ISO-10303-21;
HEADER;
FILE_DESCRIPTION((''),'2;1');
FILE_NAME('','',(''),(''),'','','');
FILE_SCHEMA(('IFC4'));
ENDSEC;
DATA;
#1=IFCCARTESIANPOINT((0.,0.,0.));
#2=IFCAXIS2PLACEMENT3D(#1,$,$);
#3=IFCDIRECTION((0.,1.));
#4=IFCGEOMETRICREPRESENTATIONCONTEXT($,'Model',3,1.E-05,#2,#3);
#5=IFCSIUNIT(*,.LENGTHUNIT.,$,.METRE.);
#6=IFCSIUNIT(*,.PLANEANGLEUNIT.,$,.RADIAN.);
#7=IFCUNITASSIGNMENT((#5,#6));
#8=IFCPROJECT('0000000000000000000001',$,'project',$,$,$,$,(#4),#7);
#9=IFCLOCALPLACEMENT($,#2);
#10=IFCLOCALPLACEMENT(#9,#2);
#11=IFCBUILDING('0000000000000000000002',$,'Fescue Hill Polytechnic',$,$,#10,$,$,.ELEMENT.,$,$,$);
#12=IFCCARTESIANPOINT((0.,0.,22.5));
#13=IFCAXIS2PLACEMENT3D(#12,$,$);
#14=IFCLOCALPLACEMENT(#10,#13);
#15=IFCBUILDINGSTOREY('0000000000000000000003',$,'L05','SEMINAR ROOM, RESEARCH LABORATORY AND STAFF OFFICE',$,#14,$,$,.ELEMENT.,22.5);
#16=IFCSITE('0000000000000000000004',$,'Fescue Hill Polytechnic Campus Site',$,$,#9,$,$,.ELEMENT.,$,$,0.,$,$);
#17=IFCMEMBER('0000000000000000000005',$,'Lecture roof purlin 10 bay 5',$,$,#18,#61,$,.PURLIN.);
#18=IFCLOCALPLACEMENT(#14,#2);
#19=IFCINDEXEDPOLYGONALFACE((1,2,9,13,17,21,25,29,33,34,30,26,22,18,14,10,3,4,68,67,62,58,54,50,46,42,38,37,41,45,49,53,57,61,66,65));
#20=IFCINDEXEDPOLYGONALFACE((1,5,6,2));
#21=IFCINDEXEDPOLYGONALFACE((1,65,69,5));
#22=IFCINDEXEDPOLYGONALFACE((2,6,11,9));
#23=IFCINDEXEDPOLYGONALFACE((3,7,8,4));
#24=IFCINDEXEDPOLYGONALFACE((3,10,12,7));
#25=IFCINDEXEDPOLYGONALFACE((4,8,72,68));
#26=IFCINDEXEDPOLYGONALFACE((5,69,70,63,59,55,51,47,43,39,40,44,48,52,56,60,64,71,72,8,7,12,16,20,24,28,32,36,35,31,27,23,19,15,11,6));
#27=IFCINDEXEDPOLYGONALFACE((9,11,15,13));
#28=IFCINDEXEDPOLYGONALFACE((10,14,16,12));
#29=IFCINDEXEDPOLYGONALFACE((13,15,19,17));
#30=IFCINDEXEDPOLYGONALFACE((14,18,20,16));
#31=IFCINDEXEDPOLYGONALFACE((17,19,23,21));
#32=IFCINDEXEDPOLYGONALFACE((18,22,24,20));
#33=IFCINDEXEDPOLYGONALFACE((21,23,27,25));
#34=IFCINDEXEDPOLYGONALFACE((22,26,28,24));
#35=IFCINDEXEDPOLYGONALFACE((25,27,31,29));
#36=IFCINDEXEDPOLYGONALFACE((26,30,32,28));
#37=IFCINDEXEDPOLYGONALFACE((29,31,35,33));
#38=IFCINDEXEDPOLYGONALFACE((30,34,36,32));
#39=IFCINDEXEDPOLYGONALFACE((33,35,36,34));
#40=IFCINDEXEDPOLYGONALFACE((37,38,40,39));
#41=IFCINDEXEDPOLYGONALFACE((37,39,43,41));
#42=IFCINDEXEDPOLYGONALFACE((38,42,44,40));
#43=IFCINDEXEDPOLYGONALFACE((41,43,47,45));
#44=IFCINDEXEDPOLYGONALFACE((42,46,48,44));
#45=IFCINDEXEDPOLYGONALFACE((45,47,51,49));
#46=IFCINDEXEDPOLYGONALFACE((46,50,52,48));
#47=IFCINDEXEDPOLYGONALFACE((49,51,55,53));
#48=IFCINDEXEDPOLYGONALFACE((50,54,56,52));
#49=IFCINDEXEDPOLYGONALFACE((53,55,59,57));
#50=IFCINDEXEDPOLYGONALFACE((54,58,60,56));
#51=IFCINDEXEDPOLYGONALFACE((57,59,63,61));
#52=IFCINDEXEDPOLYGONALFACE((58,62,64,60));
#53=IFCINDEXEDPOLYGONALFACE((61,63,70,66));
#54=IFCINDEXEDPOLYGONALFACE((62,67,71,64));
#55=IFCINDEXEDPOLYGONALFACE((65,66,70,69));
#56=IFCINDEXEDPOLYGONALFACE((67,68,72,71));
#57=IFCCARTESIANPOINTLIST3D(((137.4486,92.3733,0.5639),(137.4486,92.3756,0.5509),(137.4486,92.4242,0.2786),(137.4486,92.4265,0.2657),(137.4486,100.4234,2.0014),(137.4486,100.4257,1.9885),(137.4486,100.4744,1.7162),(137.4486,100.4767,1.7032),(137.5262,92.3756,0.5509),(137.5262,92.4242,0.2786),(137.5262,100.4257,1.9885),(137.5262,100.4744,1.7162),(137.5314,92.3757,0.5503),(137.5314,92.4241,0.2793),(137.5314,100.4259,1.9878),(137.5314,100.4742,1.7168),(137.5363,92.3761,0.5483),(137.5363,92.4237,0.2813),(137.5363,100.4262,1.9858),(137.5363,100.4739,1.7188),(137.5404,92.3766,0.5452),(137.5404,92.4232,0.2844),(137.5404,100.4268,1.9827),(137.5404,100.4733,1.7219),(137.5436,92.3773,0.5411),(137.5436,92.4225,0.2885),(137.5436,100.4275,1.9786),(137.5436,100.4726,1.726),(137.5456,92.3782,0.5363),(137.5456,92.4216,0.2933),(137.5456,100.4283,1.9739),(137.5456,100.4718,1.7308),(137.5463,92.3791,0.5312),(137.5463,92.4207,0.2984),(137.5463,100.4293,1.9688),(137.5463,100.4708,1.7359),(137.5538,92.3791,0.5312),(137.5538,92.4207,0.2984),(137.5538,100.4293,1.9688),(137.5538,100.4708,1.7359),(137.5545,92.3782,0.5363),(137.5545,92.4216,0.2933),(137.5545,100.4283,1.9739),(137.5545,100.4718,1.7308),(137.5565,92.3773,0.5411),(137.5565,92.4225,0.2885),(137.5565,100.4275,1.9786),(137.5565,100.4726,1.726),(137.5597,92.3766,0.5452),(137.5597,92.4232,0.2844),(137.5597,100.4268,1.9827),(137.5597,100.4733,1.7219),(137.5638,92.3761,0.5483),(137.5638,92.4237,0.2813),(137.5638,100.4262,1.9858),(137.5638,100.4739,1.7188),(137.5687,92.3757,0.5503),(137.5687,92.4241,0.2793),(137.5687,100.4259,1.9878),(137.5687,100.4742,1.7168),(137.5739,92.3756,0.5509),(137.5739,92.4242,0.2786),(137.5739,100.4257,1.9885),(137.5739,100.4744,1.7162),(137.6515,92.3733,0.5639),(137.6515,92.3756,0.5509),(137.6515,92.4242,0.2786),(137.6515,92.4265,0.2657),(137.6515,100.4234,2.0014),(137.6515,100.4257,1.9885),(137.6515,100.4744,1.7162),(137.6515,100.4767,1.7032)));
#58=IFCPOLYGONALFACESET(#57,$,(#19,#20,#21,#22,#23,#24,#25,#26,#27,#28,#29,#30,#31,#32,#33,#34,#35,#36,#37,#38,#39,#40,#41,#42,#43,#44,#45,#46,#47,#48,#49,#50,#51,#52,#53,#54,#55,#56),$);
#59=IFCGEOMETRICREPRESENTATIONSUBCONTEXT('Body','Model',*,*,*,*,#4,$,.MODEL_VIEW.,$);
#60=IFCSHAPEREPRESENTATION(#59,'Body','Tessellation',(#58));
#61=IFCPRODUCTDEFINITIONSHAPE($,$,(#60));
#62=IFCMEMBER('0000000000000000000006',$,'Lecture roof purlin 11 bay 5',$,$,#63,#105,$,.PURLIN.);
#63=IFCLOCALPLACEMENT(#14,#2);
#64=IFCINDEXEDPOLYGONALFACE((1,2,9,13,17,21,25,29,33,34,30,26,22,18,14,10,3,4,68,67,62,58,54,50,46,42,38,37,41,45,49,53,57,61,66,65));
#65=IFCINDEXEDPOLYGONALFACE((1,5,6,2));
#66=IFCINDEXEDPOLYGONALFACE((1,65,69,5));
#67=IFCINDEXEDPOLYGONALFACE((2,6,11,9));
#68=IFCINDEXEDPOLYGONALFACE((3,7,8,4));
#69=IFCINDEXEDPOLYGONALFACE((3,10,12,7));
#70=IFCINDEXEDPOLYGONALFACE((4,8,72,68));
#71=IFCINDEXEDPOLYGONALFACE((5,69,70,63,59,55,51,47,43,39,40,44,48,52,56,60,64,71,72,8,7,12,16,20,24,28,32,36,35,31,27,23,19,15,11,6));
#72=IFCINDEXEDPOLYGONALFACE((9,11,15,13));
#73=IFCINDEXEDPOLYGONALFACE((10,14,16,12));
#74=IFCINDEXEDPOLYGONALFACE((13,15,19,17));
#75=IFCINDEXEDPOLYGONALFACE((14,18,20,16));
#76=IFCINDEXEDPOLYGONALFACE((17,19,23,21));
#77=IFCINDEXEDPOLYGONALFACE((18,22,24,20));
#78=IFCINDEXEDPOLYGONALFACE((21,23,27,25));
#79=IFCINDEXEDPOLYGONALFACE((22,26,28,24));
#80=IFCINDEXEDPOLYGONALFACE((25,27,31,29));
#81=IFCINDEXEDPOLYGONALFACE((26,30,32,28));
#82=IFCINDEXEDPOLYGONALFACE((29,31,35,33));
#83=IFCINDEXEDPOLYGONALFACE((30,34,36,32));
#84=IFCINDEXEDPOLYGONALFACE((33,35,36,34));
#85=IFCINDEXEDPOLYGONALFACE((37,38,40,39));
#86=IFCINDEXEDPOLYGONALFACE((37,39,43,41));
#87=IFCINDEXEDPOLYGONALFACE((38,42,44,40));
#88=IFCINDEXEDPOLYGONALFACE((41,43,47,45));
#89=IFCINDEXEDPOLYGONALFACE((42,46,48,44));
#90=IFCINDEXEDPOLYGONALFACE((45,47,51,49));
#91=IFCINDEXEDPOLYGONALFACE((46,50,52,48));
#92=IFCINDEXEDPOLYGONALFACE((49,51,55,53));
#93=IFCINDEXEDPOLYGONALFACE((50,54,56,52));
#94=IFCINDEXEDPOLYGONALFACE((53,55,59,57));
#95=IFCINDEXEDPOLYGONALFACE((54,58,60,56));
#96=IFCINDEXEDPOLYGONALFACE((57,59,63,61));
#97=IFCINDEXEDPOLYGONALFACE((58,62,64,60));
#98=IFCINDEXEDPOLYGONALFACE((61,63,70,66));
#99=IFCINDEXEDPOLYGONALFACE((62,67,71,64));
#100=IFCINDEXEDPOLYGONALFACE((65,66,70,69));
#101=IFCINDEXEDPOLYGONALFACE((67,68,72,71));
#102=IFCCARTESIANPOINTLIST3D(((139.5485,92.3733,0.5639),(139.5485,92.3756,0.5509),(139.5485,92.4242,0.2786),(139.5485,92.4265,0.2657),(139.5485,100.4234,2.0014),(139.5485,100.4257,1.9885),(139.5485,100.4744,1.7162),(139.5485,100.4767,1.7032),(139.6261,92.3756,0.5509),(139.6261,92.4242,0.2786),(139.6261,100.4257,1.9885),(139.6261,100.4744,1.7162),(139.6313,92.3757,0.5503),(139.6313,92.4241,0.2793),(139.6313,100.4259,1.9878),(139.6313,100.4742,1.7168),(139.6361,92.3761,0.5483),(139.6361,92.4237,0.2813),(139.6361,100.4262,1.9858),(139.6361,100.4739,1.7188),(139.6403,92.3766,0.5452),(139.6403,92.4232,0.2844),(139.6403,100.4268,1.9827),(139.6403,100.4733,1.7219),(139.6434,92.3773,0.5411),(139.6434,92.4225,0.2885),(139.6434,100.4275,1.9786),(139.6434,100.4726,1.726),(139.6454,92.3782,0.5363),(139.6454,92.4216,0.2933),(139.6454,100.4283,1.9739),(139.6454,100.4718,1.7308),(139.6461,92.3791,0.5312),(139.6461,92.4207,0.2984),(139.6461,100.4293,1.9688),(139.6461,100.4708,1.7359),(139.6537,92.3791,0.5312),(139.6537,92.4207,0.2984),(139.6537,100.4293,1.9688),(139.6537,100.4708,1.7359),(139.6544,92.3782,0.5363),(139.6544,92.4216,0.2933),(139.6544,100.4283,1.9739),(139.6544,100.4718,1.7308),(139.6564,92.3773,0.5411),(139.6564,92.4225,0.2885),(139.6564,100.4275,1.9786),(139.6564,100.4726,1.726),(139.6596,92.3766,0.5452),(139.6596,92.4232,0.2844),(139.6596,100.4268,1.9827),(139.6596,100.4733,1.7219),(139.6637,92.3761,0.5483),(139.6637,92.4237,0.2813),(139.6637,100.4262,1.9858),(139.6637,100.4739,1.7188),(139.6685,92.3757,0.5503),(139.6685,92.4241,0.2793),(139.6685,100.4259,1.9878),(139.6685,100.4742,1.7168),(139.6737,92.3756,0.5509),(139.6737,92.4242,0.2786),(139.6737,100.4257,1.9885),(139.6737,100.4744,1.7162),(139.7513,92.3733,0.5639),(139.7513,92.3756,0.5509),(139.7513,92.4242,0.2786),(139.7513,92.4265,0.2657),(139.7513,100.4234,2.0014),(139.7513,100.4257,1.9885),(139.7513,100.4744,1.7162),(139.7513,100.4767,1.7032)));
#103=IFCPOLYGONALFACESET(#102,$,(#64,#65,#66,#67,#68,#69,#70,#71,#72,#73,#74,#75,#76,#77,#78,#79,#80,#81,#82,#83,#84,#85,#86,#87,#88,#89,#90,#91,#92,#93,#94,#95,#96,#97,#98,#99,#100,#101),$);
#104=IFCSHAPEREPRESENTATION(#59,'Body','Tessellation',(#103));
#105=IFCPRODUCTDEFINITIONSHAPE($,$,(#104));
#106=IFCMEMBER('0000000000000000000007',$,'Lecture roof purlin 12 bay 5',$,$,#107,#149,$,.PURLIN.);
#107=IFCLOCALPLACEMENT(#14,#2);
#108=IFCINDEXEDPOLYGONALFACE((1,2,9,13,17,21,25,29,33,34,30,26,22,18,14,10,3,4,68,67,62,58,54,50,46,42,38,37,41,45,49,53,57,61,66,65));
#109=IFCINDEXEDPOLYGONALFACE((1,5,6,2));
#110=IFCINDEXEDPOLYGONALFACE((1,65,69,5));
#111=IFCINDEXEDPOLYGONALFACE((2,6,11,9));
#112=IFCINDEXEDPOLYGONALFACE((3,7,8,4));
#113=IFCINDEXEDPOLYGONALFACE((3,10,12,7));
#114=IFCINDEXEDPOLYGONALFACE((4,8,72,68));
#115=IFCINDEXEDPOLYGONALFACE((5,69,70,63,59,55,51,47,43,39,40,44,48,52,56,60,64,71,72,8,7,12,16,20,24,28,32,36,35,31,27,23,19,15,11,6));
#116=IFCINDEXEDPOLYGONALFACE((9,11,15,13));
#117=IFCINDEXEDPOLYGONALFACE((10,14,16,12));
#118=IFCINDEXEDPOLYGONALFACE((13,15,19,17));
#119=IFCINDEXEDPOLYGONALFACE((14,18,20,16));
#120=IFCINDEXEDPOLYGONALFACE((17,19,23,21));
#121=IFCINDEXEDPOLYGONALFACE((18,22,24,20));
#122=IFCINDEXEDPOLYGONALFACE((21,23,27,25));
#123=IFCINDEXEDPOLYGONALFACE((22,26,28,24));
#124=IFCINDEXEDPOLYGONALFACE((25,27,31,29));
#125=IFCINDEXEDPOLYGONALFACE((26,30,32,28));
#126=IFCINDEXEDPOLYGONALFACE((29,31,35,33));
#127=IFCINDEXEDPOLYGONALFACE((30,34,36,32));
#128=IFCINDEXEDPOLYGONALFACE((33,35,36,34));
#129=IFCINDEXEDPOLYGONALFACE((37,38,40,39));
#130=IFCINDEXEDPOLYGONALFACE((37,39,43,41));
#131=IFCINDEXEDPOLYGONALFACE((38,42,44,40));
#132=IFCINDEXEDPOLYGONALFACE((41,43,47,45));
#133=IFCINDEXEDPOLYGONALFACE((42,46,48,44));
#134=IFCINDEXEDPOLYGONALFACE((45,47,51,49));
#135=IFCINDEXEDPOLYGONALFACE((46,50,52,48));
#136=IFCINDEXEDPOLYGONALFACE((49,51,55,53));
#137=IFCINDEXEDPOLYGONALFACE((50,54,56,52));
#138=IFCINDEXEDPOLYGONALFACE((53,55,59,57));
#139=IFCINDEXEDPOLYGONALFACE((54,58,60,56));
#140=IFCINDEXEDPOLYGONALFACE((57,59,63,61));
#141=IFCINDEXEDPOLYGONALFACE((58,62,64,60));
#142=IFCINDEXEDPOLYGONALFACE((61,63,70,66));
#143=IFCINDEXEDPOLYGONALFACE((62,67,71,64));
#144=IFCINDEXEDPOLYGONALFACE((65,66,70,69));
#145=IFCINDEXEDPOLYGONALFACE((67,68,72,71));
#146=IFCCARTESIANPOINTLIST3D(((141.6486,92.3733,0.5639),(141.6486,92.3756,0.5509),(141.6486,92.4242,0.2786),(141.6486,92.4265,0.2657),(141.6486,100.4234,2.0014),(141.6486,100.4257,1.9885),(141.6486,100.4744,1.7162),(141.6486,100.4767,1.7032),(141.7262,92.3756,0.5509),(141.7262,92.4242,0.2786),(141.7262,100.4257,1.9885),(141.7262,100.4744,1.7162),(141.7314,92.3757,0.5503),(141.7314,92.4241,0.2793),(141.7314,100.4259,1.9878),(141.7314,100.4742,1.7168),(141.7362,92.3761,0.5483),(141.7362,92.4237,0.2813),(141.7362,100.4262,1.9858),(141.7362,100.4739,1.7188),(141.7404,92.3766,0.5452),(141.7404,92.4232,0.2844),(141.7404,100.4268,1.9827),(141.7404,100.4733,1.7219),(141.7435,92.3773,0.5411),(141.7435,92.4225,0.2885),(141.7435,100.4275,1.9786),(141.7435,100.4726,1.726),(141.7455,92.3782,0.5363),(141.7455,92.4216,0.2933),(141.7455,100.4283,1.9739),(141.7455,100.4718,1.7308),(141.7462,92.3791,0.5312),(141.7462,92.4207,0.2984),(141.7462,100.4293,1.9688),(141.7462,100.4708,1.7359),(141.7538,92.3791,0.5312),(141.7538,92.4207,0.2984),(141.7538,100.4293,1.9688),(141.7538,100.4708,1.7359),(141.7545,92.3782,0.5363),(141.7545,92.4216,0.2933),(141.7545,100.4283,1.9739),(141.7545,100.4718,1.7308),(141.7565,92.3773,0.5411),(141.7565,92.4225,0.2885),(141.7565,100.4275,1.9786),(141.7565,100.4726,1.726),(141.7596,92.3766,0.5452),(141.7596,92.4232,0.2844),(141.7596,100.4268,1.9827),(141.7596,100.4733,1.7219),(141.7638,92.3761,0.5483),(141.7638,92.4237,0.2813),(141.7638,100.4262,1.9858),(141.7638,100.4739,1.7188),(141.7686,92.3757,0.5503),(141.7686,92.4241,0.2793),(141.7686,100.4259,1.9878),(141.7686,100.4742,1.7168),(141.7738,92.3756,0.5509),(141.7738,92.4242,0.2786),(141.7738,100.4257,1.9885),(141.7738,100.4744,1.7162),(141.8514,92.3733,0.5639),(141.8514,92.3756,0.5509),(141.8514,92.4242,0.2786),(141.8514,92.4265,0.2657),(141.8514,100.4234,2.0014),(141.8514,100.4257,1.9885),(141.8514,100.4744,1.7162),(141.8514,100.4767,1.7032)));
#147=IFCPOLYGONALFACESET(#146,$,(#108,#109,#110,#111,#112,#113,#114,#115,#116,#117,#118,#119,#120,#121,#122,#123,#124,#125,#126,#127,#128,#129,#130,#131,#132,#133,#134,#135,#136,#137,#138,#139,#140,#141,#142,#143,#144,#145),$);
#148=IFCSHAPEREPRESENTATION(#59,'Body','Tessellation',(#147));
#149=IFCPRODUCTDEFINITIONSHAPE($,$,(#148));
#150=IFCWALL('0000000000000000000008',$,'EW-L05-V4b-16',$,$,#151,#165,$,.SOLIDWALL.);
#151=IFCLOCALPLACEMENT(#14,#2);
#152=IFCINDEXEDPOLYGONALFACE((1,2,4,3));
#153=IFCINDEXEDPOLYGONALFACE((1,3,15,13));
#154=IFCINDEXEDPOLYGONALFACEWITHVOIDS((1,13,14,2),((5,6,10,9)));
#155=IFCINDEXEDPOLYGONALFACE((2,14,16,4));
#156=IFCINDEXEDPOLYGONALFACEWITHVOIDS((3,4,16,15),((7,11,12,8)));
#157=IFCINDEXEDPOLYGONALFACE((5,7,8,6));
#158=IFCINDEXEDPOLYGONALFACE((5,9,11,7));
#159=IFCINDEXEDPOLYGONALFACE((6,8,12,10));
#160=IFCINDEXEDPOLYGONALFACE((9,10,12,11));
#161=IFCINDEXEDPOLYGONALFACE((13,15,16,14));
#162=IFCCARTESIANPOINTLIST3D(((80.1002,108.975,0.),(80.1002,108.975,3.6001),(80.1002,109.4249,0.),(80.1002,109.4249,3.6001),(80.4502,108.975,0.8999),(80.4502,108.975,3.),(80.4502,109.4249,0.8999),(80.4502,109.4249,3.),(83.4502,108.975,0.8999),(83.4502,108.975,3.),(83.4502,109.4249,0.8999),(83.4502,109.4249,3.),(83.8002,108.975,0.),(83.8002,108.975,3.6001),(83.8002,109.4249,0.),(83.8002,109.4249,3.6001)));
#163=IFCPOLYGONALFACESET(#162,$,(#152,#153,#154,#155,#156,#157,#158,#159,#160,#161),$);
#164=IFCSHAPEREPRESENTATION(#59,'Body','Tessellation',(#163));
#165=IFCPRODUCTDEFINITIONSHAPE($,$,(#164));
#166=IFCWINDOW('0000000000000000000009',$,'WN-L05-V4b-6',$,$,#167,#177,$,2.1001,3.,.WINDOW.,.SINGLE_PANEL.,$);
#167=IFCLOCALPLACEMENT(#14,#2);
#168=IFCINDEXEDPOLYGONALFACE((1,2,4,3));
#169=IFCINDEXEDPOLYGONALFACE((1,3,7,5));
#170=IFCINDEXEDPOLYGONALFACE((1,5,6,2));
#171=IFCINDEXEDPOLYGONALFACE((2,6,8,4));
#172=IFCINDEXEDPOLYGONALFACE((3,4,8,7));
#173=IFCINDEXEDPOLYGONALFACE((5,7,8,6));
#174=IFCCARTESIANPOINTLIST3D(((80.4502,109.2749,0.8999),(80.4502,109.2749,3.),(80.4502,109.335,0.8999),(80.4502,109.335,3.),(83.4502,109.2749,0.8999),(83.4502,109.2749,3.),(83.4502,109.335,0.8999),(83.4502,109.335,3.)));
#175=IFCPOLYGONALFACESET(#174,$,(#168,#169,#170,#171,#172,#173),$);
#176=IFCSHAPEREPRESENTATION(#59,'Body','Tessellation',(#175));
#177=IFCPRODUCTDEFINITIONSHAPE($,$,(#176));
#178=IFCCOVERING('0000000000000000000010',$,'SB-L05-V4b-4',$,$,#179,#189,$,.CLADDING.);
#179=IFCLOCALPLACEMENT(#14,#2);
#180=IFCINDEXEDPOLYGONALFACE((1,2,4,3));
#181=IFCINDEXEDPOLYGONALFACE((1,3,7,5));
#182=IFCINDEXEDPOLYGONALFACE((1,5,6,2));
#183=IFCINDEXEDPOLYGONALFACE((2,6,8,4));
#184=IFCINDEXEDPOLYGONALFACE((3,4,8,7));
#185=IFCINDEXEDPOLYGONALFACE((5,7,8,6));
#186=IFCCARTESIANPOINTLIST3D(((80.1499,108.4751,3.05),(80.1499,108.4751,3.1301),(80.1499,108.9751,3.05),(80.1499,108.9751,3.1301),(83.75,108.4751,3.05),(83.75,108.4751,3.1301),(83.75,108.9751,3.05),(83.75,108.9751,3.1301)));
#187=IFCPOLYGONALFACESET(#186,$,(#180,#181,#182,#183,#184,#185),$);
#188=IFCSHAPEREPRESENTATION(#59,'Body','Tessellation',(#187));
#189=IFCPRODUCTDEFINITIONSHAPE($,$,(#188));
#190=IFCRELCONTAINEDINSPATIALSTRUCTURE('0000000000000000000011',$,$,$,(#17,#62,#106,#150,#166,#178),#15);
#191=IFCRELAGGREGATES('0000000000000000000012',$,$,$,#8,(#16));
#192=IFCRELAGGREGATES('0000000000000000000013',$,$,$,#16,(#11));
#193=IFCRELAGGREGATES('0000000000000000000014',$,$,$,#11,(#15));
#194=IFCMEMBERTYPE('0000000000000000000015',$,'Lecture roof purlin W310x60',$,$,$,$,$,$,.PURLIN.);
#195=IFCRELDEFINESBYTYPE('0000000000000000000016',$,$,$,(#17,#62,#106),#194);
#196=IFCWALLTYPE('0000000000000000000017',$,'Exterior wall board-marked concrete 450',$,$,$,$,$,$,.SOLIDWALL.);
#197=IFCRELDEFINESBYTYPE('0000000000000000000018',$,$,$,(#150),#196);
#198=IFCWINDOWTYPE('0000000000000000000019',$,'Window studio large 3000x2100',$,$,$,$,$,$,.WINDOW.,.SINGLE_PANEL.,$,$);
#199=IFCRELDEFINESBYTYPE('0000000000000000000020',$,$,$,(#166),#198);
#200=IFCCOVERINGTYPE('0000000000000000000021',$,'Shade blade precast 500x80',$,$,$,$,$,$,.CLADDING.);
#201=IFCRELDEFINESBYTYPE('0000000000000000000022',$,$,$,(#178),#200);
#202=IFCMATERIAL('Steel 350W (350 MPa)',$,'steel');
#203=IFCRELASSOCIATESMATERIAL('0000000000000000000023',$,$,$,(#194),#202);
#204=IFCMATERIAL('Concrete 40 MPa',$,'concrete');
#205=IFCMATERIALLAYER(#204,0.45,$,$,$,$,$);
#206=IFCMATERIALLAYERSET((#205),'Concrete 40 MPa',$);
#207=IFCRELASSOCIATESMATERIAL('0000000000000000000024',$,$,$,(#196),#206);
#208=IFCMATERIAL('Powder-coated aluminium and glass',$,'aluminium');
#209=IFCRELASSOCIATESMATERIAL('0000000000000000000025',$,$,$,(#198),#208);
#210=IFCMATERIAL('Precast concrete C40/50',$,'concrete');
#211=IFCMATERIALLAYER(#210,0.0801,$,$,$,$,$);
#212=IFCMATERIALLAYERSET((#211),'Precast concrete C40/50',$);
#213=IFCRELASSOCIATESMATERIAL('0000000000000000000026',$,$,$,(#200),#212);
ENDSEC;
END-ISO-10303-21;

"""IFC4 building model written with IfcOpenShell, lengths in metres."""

from ifc_helpers import new_model, si_unit, direction, frame, frame_2d, origin, origin_2d, place, context, subcontext, project, spatial, rectangle, i_section, extrude, material, layer, layer_set, material_profile, profile_set, type_object, element, fill, save


model = new_model("IFC4")

# Units and contexts
model_context = context("Model", 3, precision=1e-05, world=origin(), true_north=direction((0.0, 1.0)))
body_context = subcontext(model_context, "Body", "Model", "MODEL_VIEW")
ifc_project = project(units=[si_unit("LENGTHUNIT", "METRE"), si_unit("PLANEANGLEUNIT", "RADIAN")], contexts=[model_context])

# Site, building, storey
site_placement = place(None, origin())
site = spatial("IfcSite", under=ifc_project, at=site_placement, Name="Fescue Hill Polytechnic Campus Site", CompositionType="ELEMENT", RefElevation=0.0)
building_placement = place(site_placement, origin())
building = spatial("IfcBuilding", under=site, at=building_placement, Name="Fescue Hill Polytechnic", CompositionType="ELEMENT")
storey_placement = place(building_placement, frame((0.0, 0.0, 22.5)))
storey = spatial("IfcBuildingStorey", under=building, at=storey_placement, Name="L05", Description="SEMINAR ROOM, RESEARCH LABORATORY AND STAFF OFFICE", CompositionType="ELEMENT", Elevation=22.5)

# Shared definitions
ifc_material_1 = material(Name="Concrete 40 MPa", Category="concrete")

# Shared definitions
ifc_material_2 = material(Name="Steel 350W (350 MPa)", Category="steel")

# Members
ifc_material_profile_1 = material_profile(ifc_material_2, i_section(OverallWidth=0.2029, OverallDepth=0.303, WebThickness=0.0076, FlangeThickness=0.0132, FilletRadius=0.02, at=origin_2d()), Name="W310x60")
ifc_profile_set_1 = profile_set([ifc_material_profile_1], Name="Steel 350W (350 MPa)")
member_type = type_object("IfcMemberType", Name="Lecture roof purlin W310x60", PredefinedType="PURLIN", material=ifc_profile_set_1)
for number, where, z_axis, x_axis, name in (
    (1, (137.55, 92.3999, 0.4148), (0.0, 0.984428, 0.17579), (-1.0, 0.0, 0.0), "Lecture roof purlin 10 bay 5"),
    (2, (139.6499, 92.3999, 0.4148), (0.0, 0.984428, 0.17579), (-1.0, 0.0, 0.0), "Lecture roof purlin 11 bay 5"),
    (3, (141.75, 92.3999, 0.4148), (0.0, 0.984428, 0.17579), (-1.0, 0.0, 0.0), "Lecture roof purlin 12 bay 5"),
):
    element("IfcMember", number, at=place(storey_placement, frame(where, z_axis=z_axis, x_axis=x_axis)), inside=storey, type_object=member_type, Name=name, PredefinedType="PURLIN", context=body_context, shape_type="SweptSolid", body=[
        extrude(i_section(OverallWidth=0.2029, OverallDepth=0.303, WebThickness=0.0076, FlangeThickness=0.0132, FilletRadius=0.02, at=origin_2d()), origin(), (0.0, 0.0, 1.0), 8.1775),
    ])

# Wall, opening, window
ifc_layer_1 = layer(ifc_material_1, 0.45)
ifc_layer_set_1 = layer_set([ifc_layer_1], Name="Concrete 40 MPa")
wall_type = type_object("IfcWallType", Name="Exterior wall board-marked concrete 450", PredefinedType="SOLIDWALL", material=ifc_layer_set_1)
wall_placement = place(storey_placement, frame((80.1001, 109.2, 0.0), z_axis=(0.0, 0.0, 1.0), x_axis=(1.0, 0.0, 0.0)))
wall = element("IfcWall", 4, at=wall_placement, inside=storey, type_object=wall_type, Name="EW-L05-V4b-16", PredefinedType="SOLIDWALL", context=body_context, shape_type="SweptSolid", body=[
    extrude(rectangle(XDim=3.7, YDim=0.45, at=frame_2d((1.8501, 0.0))), origin(), (0.0, 0.0, 1.0), 3.6001),
])
opening_placement = place(wall_placement, frame((0.3501, 0.0, 0.8999)))
opening = element("IfcOpeningElement", 5, at=opening_placement, cuts=wall, PredefinedType="OPENING", context=body_context, shape_type="SweptSolid", body=[
    extrude(rectangle(XDim=3.0, YDim=2.1001, at=frame_2d((1.5, 1.05))), frame((0.0, 0.2349, 0.0), z_axis=(0.0, -1.0, 0.0), x_axis=(1.0, 0.0, 0.0)), (0.0, 0.0, 1.0), 0.47),
])
ifc_material_3 = material(Name="Powder-coated aluminium and glass", Category="aluminium")
window_type = type_object("IfcWindowType", Name="Window studio large 3000x2100", PartitioningType="SINGLE_PANEL", PredefinedType="WINDOW", material=ifc_material_3)
window_placement = place(opening_placement, origin())
window = element("IfcWindow", 6, at=window_placement, inside=storey, type_object=window_type, Name="WN-L05-V4b-6", OverallHeight=2.1001, OverallWidth=3.0, PartitioningType="SINGLE_PANEL", PredefinedType="WINDOW", context=body_context, shape_type="SweptSolid", body=[
    extrude(rectangle(XDim=3.0, YDim=2.1001, at=frame_2d((1.5, 1.05))), frame((0.0, 0.135, 0.0), z_axis=(0.0, -1.0, 0.0), x_axis=(1.0, 0.0, 0.0)), (0.0, 0.0, 1.0), 0.0601),
])
fill(opening, window)

# Covering
ifc_material_4 = material(Name="Precast concrete C40/50", Category="concrete")
ifc_layer_2 = layer(ifc_material_4, 0.0801)
ifc_layer_set_2 = layer_set([ifc_layer_2], Name="Precast concrete C40/50")
covering_type = type_object("IfcCoveringType", Name="Shade blade precast 500x80", PredefinedType="CLADDING", material=ifc_layer_set_2)
for number, where, z_axis, x_axis, name in (
    (7, (81.95, 108.7251, 3.05), (0.0, 0.0, 1.0), (1.0, 0.0, 0.0), "SB-L05-V4b-4"),
):
    element("IfcCovering", number, at=place(storey_placement, frame(where, z_axis=z_axis, x_axis=x_axis)), inside=storey, type_object=covering_type, Name=name, PredefinedType="CLADDING", context=body_context, shape_type="SweptSolid", body=[
        extrude(rectangle(XDim=3.6001, YDim=0.5, at=origin_2d()), origin(), (0.0, 0.0, 1.0), 0.0801),
    ])

save(model, "model.ifc")
